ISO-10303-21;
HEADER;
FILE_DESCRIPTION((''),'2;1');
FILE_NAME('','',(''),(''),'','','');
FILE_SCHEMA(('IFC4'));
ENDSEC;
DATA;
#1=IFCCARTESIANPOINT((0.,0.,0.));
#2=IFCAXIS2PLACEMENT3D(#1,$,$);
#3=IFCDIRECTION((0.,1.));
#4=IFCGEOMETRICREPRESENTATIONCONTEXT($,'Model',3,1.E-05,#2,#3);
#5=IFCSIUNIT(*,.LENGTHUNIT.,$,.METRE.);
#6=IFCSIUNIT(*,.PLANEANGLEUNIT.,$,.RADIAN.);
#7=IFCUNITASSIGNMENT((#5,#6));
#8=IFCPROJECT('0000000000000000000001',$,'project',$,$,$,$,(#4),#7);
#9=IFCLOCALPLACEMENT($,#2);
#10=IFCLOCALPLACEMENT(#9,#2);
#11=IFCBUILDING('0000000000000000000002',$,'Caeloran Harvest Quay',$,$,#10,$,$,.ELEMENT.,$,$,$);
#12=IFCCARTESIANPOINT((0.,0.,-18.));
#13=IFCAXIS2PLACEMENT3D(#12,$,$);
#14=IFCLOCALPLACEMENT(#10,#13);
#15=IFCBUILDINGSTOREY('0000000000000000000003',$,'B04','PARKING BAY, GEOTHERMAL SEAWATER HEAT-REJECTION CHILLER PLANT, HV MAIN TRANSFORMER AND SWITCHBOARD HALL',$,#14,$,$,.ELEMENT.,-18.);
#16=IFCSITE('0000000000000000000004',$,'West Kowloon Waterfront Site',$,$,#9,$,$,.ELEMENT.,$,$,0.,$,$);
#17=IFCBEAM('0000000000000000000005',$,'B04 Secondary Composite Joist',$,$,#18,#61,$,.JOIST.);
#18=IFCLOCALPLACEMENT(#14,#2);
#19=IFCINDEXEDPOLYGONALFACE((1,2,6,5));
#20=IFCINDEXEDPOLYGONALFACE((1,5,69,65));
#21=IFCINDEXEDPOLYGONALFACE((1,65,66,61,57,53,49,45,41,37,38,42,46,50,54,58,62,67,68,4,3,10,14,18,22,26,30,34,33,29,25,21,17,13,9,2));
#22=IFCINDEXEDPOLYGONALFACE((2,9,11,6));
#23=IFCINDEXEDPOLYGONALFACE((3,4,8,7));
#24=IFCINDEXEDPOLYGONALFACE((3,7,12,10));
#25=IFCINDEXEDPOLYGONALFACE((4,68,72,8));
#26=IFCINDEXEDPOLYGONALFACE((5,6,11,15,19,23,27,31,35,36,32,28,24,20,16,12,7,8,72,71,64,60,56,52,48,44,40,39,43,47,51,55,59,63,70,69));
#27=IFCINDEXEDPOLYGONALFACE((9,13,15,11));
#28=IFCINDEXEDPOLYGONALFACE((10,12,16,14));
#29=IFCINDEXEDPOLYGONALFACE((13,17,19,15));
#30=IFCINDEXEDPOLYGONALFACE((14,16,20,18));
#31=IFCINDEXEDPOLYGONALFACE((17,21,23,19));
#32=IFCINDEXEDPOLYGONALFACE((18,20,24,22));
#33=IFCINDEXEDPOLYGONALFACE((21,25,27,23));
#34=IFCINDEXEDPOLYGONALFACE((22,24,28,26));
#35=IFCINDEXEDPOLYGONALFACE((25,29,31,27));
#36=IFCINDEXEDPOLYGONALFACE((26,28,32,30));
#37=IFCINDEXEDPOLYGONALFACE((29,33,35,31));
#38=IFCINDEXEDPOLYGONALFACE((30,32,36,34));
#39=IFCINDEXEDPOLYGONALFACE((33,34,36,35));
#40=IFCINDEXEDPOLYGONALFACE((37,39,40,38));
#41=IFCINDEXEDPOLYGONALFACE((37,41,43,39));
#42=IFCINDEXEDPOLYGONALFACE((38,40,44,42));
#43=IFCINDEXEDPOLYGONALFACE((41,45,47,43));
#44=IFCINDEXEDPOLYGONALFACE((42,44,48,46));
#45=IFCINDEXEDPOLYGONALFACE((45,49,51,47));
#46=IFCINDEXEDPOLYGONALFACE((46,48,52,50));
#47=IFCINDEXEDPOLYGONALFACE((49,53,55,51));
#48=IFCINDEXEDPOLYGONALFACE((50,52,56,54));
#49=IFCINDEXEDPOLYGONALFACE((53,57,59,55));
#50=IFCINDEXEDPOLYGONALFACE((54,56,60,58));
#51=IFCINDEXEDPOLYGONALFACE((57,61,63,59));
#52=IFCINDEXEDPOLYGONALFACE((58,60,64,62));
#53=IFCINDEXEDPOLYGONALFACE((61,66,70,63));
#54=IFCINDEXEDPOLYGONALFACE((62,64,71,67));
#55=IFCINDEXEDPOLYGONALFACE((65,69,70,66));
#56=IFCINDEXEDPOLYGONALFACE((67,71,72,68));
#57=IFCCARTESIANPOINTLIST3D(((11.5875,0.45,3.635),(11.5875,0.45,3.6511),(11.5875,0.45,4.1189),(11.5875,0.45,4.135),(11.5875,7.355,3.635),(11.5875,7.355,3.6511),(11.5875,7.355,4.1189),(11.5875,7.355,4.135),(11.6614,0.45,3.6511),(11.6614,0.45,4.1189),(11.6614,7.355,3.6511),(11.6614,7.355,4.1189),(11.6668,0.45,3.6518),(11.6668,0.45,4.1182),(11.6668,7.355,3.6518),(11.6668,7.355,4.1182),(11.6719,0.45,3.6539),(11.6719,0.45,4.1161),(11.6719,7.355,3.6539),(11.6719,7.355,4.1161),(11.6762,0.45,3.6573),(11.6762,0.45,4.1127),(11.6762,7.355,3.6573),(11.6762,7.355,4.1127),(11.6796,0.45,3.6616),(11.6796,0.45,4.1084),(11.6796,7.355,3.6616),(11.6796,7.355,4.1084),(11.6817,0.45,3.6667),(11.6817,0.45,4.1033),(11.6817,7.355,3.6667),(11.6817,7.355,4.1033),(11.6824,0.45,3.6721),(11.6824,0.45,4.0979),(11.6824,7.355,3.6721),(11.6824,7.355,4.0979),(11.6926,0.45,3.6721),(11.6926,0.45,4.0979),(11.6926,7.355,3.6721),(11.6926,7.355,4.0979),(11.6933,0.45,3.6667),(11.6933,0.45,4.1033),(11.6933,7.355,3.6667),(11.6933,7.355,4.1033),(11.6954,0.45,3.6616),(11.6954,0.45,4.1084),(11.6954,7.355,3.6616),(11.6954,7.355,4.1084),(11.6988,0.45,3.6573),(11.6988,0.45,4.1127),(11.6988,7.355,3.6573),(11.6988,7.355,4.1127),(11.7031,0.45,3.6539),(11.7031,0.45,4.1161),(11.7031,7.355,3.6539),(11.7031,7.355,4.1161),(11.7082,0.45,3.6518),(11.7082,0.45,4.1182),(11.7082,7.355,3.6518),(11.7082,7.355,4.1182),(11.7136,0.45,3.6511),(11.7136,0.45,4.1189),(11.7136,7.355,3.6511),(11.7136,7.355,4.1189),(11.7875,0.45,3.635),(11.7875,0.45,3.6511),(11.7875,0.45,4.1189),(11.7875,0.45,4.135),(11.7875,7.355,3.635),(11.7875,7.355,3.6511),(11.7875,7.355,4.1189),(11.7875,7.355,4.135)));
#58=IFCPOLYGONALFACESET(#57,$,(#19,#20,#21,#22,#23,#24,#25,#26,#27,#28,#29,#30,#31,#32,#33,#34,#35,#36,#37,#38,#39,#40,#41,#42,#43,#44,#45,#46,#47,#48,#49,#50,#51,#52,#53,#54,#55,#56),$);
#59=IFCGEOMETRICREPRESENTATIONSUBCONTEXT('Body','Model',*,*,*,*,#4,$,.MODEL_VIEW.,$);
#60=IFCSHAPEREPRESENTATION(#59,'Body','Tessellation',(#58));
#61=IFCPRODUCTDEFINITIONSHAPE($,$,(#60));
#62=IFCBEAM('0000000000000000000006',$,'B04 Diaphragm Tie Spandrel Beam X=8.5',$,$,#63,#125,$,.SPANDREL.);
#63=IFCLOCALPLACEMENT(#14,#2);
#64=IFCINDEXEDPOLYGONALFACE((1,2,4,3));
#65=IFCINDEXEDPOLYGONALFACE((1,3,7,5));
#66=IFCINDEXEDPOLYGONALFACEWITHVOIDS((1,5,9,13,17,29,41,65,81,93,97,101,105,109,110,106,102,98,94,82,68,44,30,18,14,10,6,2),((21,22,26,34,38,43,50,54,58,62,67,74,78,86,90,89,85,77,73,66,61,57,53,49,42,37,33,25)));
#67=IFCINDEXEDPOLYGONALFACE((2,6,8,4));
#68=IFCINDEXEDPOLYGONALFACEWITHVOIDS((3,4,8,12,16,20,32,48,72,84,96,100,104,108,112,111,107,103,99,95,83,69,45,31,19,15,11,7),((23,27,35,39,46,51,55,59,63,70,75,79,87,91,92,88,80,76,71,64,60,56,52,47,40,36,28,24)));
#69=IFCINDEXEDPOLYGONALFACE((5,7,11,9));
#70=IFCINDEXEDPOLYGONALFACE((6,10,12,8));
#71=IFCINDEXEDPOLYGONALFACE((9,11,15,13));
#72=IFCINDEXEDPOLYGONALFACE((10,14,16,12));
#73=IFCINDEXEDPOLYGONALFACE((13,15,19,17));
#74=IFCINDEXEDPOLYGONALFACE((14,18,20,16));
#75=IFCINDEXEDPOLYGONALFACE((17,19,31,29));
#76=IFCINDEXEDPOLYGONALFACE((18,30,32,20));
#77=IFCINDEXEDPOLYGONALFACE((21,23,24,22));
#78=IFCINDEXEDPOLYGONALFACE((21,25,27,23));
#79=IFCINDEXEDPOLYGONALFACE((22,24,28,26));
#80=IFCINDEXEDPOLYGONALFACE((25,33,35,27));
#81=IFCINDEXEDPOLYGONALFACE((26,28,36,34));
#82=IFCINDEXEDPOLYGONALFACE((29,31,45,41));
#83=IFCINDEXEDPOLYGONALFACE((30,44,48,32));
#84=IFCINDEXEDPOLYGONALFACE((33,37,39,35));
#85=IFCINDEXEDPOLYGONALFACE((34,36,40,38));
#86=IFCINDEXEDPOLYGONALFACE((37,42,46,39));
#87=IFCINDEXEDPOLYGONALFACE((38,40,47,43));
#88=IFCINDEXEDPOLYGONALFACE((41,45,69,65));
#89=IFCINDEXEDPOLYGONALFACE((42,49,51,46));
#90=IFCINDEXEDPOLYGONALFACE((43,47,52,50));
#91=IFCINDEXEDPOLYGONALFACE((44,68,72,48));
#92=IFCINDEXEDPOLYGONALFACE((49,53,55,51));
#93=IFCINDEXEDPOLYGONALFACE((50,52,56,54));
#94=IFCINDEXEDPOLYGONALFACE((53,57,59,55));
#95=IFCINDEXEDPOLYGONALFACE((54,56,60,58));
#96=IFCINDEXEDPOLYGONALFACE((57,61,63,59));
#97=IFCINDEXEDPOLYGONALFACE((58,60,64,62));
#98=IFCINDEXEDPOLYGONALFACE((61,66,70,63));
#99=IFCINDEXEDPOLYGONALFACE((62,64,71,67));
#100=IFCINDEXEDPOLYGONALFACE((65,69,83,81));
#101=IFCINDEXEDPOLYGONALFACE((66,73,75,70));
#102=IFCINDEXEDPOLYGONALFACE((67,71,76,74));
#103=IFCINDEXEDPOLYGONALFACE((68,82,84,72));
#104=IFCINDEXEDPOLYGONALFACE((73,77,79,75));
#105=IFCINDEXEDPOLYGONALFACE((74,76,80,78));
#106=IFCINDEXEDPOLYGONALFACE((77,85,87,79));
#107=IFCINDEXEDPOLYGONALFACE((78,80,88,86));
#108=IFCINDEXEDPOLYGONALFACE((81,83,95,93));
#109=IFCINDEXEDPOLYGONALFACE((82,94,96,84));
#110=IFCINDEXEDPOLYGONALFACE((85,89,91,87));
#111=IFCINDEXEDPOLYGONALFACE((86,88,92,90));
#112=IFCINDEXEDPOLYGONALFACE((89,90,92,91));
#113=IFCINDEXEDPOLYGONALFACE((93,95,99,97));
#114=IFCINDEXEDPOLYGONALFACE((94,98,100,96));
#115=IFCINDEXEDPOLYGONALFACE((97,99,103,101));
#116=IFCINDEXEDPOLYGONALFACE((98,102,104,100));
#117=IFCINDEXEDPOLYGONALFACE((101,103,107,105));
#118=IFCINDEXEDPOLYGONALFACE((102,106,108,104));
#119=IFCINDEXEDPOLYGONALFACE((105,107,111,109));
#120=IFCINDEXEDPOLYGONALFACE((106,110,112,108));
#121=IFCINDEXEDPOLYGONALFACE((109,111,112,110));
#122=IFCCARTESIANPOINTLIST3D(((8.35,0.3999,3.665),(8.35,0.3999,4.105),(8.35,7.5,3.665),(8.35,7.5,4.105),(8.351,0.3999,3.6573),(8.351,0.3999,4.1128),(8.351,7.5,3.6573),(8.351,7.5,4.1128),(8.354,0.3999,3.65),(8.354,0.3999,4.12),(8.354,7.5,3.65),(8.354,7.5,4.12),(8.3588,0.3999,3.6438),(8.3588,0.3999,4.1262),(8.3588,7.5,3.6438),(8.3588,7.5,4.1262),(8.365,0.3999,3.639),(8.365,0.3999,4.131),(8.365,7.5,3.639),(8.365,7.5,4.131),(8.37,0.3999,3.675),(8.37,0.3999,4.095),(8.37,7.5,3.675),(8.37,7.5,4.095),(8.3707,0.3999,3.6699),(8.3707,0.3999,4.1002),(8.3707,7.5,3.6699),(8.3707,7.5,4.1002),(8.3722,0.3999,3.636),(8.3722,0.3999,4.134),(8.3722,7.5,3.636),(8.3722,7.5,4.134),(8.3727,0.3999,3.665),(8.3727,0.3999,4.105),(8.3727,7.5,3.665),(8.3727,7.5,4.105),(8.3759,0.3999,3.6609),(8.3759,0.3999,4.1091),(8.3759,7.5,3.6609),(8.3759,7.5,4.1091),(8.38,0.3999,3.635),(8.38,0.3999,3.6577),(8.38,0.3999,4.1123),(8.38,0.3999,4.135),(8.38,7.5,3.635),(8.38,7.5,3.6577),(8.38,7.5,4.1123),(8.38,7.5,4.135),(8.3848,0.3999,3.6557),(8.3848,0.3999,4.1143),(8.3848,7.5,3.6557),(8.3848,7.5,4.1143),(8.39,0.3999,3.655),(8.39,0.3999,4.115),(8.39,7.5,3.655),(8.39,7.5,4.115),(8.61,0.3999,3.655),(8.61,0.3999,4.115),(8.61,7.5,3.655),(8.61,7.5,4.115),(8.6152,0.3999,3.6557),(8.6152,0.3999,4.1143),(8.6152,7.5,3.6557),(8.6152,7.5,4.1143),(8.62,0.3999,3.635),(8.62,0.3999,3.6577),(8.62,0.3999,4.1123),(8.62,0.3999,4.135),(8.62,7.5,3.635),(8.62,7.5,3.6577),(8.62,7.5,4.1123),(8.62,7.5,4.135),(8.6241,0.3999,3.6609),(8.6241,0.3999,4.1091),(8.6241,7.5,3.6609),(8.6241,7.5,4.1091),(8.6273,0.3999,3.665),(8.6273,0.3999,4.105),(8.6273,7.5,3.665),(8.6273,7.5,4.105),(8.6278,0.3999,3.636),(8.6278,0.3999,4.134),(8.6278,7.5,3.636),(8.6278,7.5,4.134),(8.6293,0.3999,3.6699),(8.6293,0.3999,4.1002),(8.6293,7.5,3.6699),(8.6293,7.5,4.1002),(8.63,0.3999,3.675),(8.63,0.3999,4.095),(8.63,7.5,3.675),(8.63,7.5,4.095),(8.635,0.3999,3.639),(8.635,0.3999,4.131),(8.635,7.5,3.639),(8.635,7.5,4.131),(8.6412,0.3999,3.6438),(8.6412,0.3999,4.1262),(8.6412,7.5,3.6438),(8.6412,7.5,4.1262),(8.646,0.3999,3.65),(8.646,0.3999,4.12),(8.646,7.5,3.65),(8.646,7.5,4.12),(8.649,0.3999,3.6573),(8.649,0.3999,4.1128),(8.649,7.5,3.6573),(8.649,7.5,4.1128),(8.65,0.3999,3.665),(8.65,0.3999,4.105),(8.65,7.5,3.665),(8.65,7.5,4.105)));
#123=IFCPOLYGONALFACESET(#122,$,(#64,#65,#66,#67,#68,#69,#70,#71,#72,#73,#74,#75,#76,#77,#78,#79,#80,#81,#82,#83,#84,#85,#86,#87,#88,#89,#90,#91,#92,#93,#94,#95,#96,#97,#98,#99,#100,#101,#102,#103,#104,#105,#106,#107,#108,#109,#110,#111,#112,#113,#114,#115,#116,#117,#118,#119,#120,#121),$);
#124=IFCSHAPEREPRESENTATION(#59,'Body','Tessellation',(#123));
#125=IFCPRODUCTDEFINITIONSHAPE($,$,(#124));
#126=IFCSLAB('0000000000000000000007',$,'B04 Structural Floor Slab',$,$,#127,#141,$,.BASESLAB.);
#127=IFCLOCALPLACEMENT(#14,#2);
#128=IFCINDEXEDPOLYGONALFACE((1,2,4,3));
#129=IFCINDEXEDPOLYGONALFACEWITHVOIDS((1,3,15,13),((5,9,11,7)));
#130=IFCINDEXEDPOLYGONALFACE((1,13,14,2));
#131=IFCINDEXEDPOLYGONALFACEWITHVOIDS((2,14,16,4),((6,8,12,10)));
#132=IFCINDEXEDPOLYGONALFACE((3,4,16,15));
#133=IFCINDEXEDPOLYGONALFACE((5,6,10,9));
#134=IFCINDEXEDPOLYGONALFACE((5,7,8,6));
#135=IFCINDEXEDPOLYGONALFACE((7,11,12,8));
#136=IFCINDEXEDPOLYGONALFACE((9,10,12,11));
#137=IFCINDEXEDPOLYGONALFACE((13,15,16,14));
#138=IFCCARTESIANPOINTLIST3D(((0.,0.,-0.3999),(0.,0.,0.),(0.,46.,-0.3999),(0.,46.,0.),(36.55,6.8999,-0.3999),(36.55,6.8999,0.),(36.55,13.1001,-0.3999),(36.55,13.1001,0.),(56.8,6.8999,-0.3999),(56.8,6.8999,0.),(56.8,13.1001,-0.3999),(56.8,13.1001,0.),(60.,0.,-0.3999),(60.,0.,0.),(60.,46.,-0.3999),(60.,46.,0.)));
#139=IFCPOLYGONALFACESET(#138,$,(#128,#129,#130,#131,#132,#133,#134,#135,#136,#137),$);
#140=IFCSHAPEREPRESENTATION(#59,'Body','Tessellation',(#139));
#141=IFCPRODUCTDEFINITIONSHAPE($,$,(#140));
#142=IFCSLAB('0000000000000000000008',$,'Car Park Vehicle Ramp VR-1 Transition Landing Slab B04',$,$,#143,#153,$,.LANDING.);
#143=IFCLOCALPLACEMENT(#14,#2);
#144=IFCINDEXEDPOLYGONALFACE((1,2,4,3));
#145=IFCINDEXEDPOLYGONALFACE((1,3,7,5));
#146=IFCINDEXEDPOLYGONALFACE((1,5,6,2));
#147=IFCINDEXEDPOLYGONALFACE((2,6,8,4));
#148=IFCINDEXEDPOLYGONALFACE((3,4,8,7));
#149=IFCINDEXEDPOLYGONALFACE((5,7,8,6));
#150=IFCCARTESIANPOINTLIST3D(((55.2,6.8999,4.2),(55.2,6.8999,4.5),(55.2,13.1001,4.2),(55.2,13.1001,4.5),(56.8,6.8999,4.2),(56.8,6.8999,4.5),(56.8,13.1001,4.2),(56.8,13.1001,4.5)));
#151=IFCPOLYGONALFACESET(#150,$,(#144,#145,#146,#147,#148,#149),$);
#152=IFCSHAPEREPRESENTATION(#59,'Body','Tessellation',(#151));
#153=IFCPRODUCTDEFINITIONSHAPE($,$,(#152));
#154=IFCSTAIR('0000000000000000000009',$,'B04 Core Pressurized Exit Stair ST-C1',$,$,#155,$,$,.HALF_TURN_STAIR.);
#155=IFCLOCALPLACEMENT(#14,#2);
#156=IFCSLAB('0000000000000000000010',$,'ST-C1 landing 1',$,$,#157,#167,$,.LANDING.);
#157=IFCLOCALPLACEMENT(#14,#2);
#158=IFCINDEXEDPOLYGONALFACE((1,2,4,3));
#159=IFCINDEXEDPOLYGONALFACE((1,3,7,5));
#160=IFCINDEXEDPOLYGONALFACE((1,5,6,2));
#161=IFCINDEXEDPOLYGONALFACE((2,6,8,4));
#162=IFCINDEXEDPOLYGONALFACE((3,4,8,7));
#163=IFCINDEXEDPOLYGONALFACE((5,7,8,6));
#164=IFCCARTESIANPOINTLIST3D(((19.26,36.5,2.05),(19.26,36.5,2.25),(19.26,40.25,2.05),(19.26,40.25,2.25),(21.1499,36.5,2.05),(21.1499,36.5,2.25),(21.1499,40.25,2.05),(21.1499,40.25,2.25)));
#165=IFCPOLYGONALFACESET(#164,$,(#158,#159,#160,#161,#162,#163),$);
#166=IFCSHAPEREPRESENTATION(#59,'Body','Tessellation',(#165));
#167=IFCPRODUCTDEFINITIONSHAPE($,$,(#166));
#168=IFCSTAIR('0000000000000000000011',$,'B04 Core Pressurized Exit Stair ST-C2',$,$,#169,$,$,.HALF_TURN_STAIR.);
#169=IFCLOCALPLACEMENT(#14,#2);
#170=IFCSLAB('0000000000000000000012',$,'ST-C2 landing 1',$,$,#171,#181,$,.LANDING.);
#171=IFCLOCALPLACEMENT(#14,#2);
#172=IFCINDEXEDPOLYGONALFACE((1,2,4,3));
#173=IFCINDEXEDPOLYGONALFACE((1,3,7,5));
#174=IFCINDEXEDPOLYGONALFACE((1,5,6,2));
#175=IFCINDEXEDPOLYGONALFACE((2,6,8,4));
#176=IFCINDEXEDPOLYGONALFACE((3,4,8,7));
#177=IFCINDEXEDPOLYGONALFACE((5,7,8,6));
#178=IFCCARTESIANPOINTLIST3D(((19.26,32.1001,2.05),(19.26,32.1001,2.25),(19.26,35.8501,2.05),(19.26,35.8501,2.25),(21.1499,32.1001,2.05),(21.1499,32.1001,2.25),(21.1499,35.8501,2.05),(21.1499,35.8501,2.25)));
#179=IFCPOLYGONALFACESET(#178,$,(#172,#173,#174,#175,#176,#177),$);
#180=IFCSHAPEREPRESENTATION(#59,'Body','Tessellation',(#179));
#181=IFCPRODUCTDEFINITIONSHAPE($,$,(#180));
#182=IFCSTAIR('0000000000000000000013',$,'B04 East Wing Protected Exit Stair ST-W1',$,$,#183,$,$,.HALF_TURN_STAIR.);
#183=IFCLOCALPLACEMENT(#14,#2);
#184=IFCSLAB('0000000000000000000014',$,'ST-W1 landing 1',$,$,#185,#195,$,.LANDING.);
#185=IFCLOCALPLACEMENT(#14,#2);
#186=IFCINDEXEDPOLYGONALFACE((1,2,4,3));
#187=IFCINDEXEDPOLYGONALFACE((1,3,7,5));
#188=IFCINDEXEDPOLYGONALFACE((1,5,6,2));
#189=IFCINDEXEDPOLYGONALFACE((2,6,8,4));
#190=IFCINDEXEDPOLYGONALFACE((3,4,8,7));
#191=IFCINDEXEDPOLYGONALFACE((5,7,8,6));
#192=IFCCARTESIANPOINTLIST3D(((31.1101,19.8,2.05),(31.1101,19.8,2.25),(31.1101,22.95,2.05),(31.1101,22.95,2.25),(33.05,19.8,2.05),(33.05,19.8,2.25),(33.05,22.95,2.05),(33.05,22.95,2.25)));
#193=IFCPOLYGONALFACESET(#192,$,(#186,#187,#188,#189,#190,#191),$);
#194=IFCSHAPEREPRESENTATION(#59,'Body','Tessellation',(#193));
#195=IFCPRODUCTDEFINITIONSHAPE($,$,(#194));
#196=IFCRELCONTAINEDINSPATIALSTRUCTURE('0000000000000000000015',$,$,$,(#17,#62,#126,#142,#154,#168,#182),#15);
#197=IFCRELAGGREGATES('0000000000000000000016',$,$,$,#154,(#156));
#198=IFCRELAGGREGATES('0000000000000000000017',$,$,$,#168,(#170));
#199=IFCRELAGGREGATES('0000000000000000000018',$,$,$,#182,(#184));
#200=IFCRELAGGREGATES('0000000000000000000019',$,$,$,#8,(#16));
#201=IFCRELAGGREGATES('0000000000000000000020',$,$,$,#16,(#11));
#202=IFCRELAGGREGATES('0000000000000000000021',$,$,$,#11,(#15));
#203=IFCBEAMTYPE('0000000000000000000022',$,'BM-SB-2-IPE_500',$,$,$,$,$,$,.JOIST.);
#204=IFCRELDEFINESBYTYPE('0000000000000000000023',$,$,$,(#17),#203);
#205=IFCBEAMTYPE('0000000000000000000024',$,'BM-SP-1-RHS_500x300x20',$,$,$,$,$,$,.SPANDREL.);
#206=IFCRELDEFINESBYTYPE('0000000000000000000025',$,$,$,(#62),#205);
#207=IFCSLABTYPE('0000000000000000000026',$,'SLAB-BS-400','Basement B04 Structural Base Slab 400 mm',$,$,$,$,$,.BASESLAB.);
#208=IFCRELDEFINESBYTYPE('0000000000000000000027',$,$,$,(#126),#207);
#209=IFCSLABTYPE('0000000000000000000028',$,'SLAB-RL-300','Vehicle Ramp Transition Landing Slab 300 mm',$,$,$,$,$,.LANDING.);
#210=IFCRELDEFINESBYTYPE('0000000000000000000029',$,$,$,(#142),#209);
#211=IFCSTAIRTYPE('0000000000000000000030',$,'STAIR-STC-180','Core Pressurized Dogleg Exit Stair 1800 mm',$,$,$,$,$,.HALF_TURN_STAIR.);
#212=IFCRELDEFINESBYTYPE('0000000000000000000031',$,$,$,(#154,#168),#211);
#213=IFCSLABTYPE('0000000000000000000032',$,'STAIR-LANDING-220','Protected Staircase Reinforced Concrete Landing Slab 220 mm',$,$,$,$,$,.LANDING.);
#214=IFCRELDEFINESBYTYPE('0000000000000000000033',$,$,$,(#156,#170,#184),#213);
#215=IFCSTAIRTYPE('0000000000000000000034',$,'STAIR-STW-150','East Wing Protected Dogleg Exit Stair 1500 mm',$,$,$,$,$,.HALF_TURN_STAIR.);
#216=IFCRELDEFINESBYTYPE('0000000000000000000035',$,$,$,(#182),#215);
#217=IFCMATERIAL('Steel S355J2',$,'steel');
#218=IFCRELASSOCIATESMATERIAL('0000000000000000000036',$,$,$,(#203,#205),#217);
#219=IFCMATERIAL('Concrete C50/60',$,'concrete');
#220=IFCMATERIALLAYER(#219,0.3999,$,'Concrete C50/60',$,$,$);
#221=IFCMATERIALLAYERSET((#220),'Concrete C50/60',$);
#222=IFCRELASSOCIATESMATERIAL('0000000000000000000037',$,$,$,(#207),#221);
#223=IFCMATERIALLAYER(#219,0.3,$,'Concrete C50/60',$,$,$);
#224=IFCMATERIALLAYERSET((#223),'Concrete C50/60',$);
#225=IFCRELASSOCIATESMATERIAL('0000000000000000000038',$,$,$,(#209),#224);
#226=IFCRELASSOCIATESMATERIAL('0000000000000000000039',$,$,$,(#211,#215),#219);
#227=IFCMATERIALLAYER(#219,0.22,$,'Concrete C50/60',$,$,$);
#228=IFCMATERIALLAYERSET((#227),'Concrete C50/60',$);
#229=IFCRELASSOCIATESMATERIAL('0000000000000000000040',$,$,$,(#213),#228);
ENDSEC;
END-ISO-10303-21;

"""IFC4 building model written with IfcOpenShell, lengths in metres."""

from ifc_helpers import new_model, si_unit, direction, frame, origin, origin_2d, place, context, subcontext, project, spatial, polyline, hollow_rectangle, i_section, outline, extrude, material, layer, layer_set, material_profile, profile_set, type_object, element, aggregate, save


model = new_model("IFC4")

# Units and contexts
model_context = context("Model", 3, precision=1e-05, world=origin(), true_north=direction((0.0, 1.0)))
body_context = subcontext(model_context, "Body", "Model", "MODEL_VIEW")
ifc_project = project(units=[si_unit("LENGTHUNIT", "METRE"), si_unit("PLANEANGLEUNIT", "RADIAN")], contexts=[model_context])

# Site, building, storey
site_placement = place(None, origin())
site = spatial("IfcSite", under=ifc_project, at=site_placement, Name="West Kowloon Waterfront Site", CompositionType="ELEMENT", RefElevation=0.0)
building_placement = place(site_placement, origin())
building = spatial("IfcBuilding", under=site, at=building_placement, Name="Caeloran Harvest Quay", CompositionType="ELEMENT")
storey_placement = place(building_placement, frame((0.0, 0.0, -18.0)))
storey = spatial("IfcBuildingStorey", under=building, at=storey_placement, Name="B04", Description="PARKING BAY, GEOTHERMAL SEAWATER HEAT-REJECTION CHILLER PLANT, HV MAIN TRANSFORMER AND SWITCHBOARD HALL", CompositionType="ELEMENT", Elevation=-18.0)

# Beams
ifc_material_1 = material(Name="Steel S355J2", Category="steel")
ifc_material_profile_1 = material_profile(ifc_material_1, i_section(OverallWidth=0.2, OverallDepth=0.5, WebThickness=0.0103, FlangeThickness=0.0161, FilletRadius=0.021, at=origin_2d()), Name="IPE 500")
ifc_profile_set_1 = profile_set([ifc_material_profile_1], Name="Steel S355J2")
beam_type_1 = type_object("IfcBeamType", Name="BM-SB-2-IPE_500", PredefinedType="JOIST", material=ifc_profile_set_1)
for number, where, z_axis, x_axis, name in (
    (1, (11.6875, 0.45, 3.885), (0.0, 1.0, 0.0), (-1.0, 0.0, 0.0), "B04 Secondary Composite Joist"),
):
    element("IfcBeam", number, at=place(storey_placement, frame(where, z_axis=z_axis, x_axis=x_axis)), inside=storey, type_object=beam_type_1, Name=name, PredefinedType="JOIST", context=body_context, shape_type="SweptSolid", body=[
        extrude(i_section(OverallWidth=0.2, OverallDepth=0.5, WebThickness=0.0103, FlangeThickness=0.0161, FilletRadius=0.021, at=origin_2d()), origin(), (0.0, 0.0, 1.0), 6.905),
    ])
ifc_material_profile_2 = material_profile(ifc_material_1, hollow_rectangle(XDim=0.3, YDim=0.5, WallThickness=0.02, InnerFilletRadius=0.02, OuterFilletRadius=0.03, at=origin_2d()), Name="RHS 500x300x20")
ifc_profile_set_2 = profile_set([ifc_material_profile_2], Name="Steel S355J2")
beam_type_2 = type_object("IfcBeamType", Name="BM-SP-1-RHS_500x300x20", PredefinedType="SPANDREL", material=ifc_profile_set_2)
beam_1_placement = place(storey_placement, frame((8.5, 0.3999, 3.885), z_axis=(0.0, 1.0, 0.0), x_axis=(-1.0, 0.0, 0.0)))
element("IfcBeam", 2, at=beam_1_placement, inside=storey, type_object=beam_type_2, Name="B04 Diaphragm Tie Spandrel Beam X=8.5", PredefinedType="SPANDREL", context=body_context, shape_type="SweptSolid", body=[
    extrude(hollow_rectangle(XDim=0.3, YDim=0.5, WallThickness=0.02, InnerFilletRadius=0.02, OuterFilletRadius=0.03, at=origin_2d()), origin(), (0.0, 0.0, 1.0), 7.1001),
])

# Slabs
ifc_material_2 = material(Name="Concrete C50/60", Category="concrete")
ifc_layer_1 = layer(ifc_material_2, 0.3999, Name="Concrete C50/60")
ifc_layer_set_1 = layer_set([ifc_layer_1], Name="Concrete C50/60")
slab_type_1 = type_object("IfcSlabType", Name="SLAB-BS-400", Description="Basement B04 Structural Base Slab 400 mm", PredefinedType="BASESLAB", material=ifc_layer_set_1)
slab_1_placement = place(storey_placement, frame((0.0, 0.0, -0.3999)))
element("IfcSlab", 3, at=slab_1_placement, inside=storey, type_object=slab_type_1, Name="B04 Structural Floor Slab", PredefinedType="BASESLAB", context=body_context, shape_type="SweptSolid", body=[
    extrude(outline(polyline([(0.0, 0.0), (60.0, 0.0), (60.0, 46.0), (0.0, 46.0), (0.0, 0.0)]), holes=[polyline([(36.55, 6.8999), (36.55, 13.1001), (56.8, 13.1001), (56.8, 6.8999), (36.55, 6.8999)])]), origin(), (0.0, 0.0, 1.0), 0.3999),
])
ifc_layer_2 = layer(ifc_material_2, 0.3, Name="Concrete C50/60")
ifc_layer_set_2 = layer_set([ifc_layer_2], Name="Concrete C50/60")
slab_type_2 = type_object("IfcSlabType", Name="SLAB-RL-300", Description="Vehicle Ramp Transition Landing Slab 300 mm", PredefinedType="LANDING", material=ifc_layer_set_2)
slab_2_placement = place(storey_placement, frame((0.0, 0.0, 4.2)))
element("IfcSlab", 4, at=slab_2_placement, inside=storey, type_object=slab_type_2, Name="Car Park Vehicle Ramp VR-1 Transition Landing Slab B04", PredefinedType="LANDING", context=body_context, shape_type="SweptSolid", body=[
    extrude(outline(polyline([(55.2, 6.8999), (56.8, 6.8999), (56.8, 13.1001), (55.2, 13.1001), (55.2, 6.8999)])), origin(), (0.0, 0.0, 1.0), 0.3),
])

# Stairs, slabs
stair_type_1 = type_object("IfcStairType", Name="STAIR-STC-180", Description="Core Pressurized Dogleg Exit Stair 1800 mm", PredefinedType="HALF_TURN_STAIR", material=ifc_material_2)
stair_1_placement = place(storey_placement, origin())
stair_1 = element("IfcStair", 5, at=stair_1_placement, inside=storey, type_object=stair_type_1, Name="B04 Core Pressurized Exit Stair ST-C1", PredefinedType="HALF_TURN_STAIR")
ifc_layer_3 = layer(ifc_material_2, 0.22, Name="Concrete C50/60")
ifc_layer_set_3 = layer_set([ifc_layer_3], Name="Concrete C50/60")
slab_type_3 = type_object("IfcSlabType", Name="STAIR-LANDING-220", Description="Protected Staircase Reinforced Concrete Landing Slab 220 mm", PredefinedType="LANDING", material=ifc_layer_set_3)
slab_3_placement = place(storey_placement, frame((0.0, 0.0, 2.05)))
slab_3 = element("IfcSlab", 6, at=slab_3_placement, type_object=slab_type_3, Name="ST-C1 landing 1", PredefinedType="LANDING", context=body_context, shape_type="SweptSolid", body=[
    extrude(outline(polyline([(19.26, 36.5), (21.1499, 36.5), (21.1499, 40.25), (19.26, 40.25), (19.26, 36.5)])), origin(), (0.0, 0.0, 1.0), 0.2),
])
aggregate(stair_1, [slab_3])
stair_2_placement = place(storey_placement, origin())
stair_2 = element("IfcStair", 7, at=stair_2_placement, inside=storey, type_object=stair_type_1, Name="B04 Core Pressurized Exit Stair ST-C2", PredefinedType="HALF_TURN_STAIR")
slab_4_placement = place(storey_placement, frame((0.0, 0.0, 2.05)))
slab_4 = element("IfcSlab", 8, at=slab_4_placement, type_object=slab_type_3, Name="ST-C2 landing 1", PredefinedType="LANDING", context=body_context, shape_type="SweptSolid", body=[
    extrude(outline(polyline([(19.26, 32.1001), (21.1499, 32.1001), (21.1499, 35.8501), (19.26, 35.8501), (19.26, 32.1001)])), origin(), (0.0, 0.0, 1.0), 0.2),
])
aggregate(stair_2, [slab_4])
stair_type_2 = type_object("IfcStairType", Name="STAIR-STW-150", Description="East Wing Protected Dogleg Exit Stair 1500 mm", PredefinedType="HALF_TURN_STAIR", material=ifc_material_2)
stair_3_placement = place(storey_placement, origin())
stair_3 = element("IfcStair", 9, at=stair_3_placement, inside=storey, type_object=stair_type_2, Name="B04 East Wing Protected Exit Stair ST-W1", PredefinedType="HALF_TURN_STAIR")
slab_5_placement = place(storey_placement, frame((0.0, 0.0, 2.05)))
slab_5 = element("IfcSlab", 10, at=slab_5_placement, type_object=slab_type_3, Name="ST-W1 landing 1", PredefinedType="LANDING", context=body_context, shape_type="SweptSolid", body=[
    extrude(outline(polyline([(31.1101, 19.8), (33.05, 19.8), (33.05, 22.95), (31.1101, 22.95), (31.1101, 19.8)])), origin(), (0.0, 0.0, 1.0), 0.2),
])
aggregate(stair_3, [slab_5])

save(model, "model.ifc")
